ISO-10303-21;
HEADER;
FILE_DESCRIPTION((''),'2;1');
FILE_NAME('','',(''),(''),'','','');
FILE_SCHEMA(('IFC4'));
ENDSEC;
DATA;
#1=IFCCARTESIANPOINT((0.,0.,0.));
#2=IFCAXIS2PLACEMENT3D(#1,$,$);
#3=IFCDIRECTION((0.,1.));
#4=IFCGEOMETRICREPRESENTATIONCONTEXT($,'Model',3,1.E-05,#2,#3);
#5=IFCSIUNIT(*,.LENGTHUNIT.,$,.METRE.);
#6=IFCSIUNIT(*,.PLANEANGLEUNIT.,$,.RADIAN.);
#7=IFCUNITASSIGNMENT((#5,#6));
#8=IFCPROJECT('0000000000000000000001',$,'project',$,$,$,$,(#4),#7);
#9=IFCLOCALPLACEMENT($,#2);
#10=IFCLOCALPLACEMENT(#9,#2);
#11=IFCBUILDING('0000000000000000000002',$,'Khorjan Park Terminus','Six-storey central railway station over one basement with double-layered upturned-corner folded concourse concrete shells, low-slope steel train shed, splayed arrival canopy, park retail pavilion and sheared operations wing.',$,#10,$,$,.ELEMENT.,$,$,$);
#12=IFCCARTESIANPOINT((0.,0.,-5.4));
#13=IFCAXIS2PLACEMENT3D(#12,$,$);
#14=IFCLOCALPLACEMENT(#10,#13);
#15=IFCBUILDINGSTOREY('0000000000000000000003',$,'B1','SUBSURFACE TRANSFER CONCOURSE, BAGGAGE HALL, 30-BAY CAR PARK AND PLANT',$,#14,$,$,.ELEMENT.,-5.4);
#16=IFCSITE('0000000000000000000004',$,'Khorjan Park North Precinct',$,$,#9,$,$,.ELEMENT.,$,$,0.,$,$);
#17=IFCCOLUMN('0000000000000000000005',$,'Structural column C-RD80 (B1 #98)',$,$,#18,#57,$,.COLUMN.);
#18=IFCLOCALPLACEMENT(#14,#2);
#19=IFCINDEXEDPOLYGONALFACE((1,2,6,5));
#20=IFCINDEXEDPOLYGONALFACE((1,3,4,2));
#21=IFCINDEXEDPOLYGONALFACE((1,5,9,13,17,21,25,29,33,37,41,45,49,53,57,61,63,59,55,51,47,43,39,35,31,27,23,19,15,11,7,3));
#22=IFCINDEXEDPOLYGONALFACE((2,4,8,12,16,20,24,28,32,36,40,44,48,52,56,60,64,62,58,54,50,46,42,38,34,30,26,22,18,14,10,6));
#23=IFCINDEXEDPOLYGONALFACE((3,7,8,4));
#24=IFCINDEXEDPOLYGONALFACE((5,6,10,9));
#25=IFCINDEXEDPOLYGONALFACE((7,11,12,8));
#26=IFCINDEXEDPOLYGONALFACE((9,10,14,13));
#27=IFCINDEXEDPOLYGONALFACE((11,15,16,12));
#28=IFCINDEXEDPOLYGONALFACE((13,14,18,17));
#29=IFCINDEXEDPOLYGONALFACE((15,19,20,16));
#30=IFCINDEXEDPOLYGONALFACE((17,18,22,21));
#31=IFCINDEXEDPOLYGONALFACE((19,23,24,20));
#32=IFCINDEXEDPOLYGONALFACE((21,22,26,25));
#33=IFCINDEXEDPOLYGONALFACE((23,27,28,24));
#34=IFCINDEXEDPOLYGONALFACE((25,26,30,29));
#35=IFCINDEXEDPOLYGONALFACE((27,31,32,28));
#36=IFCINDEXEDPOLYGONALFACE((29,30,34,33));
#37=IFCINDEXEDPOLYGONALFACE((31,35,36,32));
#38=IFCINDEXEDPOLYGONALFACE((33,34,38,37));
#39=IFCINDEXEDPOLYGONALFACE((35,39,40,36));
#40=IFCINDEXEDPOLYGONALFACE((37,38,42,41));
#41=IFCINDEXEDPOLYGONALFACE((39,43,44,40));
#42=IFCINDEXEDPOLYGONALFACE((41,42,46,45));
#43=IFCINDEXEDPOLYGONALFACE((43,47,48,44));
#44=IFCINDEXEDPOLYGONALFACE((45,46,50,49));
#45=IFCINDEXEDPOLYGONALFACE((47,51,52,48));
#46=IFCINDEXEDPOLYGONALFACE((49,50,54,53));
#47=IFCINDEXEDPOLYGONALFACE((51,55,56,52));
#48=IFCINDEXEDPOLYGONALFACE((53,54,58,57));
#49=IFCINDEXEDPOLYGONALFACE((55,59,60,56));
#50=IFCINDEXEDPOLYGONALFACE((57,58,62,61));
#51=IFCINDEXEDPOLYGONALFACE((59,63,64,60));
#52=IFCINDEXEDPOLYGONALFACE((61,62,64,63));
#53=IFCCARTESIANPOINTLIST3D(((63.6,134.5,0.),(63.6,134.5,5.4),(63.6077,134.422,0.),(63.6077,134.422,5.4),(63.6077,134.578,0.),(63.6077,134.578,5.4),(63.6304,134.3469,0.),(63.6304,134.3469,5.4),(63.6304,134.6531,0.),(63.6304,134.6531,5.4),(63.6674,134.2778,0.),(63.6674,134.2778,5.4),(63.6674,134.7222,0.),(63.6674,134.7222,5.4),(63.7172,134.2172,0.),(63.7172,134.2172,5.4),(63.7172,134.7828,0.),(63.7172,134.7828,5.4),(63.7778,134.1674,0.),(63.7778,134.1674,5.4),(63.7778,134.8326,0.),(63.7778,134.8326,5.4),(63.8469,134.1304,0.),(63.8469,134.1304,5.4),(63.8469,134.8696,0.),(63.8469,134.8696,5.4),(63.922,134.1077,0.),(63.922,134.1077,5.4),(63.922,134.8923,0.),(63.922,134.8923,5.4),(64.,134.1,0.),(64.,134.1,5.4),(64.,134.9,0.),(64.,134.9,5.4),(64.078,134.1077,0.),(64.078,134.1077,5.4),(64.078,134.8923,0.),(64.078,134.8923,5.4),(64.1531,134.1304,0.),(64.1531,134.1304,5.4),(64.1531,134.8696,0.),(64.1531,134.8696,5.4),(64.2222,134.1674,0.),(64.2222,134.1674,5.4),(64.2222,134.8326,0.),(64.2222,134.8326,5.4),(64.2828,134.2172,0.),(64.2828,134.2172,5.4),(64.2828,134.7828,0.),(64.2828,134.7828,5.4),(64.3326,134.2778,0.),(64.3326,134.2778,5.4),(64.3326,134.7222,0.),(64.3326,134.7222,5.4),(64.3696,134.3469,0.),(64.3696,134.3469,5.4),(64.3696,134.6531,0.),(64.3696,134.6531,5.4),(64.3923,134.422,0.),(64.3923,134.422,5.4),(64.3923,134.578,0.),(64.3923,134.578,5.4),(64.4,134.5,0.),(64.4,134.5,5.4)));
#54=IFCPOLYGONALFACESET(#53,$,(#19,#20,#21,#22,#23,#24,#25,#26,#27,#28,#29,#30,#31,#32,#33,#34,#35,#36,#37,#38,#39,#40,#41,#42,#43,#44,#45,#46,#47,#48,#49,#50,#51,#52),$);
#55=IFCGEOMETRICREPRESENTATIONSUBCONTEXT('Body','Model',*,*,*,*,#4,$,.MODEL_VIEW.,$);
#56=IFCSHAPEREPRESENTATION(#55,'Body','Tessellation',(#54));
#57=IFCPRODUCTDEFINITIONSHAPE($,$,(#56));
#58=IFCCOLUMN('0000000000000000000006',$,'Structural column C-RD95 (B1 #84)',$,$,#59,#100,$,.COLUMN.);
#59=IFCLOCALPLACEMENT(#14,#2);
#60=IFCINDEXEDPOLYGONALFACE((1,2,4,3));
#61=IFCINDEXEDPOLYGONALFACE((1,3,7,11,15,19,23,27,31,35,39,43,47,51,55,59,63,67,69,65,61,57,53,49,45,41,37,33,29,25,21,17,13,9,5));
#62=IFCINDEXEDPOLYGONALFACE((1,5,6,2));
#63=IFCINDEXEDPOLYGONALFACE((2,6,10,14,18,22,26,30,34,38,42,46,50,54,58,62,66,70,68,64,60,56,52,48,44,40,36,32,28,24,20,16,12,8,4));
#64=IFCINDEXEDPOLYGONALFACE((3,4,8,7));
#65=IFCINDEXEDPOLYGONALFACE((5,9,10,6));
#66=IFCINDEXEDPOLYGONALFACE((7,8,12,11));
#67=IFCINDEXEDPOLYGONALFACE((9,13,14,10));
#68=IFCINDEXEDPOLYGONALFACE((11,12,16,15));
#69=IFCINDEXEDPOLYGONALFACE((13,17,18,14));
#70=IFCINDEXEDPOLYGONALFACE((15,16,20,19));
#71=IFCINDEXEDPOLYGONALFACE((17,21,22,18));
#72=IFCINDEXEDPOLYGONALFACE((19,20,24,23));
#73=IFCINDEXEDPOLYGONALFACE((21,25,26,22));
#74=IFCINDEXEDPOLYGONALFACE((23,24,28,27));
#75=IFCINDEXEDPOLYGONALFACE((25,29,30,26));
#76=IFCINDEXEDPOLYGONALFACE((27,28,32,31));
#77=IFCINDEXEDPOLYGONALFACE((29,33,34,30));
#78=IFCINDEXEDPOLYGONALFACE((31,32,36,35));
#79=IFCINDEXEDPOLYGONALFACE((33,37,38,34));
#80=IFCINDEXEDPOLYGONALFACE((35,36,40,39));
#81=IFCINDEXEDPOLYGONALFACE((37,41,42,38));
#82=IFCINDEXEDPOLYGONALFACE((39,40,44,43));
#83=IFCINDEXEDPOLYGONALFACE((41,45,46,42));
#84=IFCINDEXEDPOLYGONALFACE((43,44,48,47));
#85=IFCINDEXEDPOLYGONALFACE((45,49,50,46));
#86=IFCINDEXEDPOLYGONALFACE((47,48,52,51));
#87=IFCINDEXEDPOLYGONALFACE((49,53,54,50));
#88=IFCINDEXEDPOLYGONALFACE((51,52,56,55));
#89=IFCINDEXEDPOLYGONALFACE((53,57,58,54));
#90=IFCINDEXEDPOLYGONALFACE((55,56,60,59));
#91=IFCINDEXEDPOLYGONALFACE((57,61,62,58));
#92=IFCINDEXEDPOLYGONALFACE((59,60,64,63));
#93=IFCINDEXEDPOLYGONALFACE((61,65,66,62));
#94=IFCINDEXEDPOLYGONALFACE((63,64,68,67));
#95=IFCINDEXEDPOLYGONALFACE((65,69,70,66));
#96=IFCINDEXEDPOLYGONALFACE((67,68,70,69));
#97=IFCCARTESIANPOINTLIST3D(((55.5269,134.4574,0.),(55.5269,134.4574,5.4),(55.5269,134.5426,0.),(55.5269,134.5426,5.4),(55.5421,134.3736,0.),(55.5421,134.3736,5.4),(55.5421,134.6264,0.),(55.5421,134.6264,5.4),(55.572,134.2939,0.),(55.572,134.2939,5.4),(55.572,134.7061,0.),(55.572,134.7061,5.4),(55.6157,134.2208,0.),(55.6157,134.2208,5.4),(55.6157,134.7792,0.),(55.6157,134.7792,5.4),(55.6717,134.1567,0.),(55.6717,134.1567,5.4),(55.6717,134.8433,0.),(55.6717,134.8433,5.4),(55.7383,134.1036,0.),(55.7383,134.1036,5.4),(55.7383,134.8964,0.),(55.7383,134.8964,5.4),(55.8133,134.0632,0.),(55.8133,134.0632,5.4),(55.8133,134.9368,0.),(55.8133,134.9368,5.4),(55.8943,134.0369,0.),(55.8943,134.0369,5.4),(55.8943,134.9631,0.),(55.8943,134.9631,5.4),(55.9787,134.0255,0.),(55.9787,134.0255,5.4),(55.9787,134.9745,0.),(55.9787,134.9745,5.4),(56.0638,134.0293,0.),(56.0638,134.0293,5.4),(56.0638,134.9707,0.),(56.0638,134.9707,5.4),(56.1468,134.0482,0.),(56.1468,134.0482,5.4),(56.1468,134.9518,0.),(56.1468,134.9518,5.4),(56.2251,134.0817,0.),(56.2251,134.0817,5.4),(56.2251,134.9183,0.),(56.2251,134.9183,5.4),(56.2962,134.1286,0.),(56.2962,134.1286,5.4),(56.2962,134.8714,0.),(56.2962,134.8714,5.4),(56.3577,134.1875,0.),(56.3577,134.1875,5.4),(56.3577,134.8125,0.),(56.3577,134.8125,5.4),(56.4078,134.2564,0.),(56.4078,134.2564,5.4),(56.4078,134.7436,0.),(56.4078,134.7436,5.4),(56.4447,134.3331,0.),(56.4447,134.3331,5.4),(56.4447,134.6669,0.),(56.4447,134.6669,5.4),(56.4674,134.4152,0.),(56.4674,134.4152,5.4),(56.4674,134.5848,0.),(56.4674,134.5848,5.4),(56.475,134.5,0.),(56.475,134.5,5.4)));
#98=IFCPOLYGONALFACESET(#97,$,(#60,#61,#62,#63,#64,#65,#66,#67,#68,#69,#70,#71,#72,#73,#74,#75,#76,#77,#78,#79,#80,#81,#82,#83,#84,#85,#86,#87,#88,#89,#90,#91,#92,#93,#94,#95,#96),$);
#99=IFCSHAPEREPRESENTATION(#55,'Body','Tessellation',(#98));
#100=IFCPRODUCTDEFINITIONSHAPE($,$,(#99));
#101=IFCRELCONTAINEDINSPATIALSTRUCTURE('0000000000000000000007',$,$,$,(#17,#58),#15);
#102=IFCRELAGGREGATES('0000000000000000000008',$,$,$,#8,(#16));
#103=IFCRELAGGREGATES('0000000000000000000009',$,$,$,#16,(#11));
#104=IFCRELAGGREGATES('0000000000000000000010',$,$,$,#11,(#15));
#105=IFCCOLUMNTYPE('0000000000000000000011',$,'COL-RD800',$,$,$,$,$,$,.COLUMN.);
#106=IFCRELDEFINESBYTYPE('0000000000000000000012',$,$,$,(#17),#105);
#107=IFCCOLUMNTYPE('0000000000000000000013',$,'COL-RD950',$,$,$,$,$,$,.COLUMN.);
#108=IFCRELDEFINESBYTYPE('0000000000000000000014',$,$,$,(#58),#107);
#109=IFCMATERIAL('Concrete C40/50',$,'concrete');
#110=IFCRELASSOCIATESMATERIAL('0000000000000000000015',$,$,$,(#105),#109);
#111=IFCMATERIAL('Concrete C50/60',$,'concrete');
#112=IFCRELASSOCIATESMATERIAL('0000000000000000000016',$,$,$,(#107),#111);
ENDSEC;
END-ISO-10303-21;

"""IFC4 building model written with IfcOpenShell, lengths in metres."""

from ifc_helpers import new_model, si_unit, direction, frame, origin, origin_2d, place, context, subcontext, project, spatial, circle, extrude, material, material_profile, profile_set, type_object, element, save


model = new_model("IFC4")

# Units and contexts
model_context = context("Model", 3, precision=1e-05, world=origin(), true_north=direction((0.0, 1.0)))
body_context = subcontext(model_context, "Body", "Model", "MODEL_VIEW")
ifc_project = project(units=[si_unit("LENGTHUNIT", "METRE"), si_unit("PLANEANGLEUNIT", "RADIAN")], contexts=[model_context])

# Site, building, storey
site_placement = place(None, origin())
site = spatial("IfcSite", under=ifc_project, at=site_placement, Name="Khorjan Park North Precinct", CompositionType="ELEMENT", RefElevation=0.0)
building_placement = place(site_placement, origin())
building = spatial("IfcBuilding", under=site, at=building_placement, Name="Khorjan Park Terminus", Description="Six-storey central railway station over one basement with double-layered upturned-corner folded concourse concrete shells, low-slope steel train shed, splayed arrival canopy, park retail pavilion and sheared operations wing.", CompositionType="ELEMENT")
storey_placement = place(building_placement, frame((0.0, 0.0, -5.4)))
storey = spatial("IfcBuildingStorey", under=building, at=storey_placement, Name="B1", Description="SUBSURFACE TRANSFER CONCOURSE, BAGGAGE HALL, 30-BAY CAR PARK AND PLANT", CompositionType="ELEMENT", Elevation=-5.4)

# Shared definitions
ifc_material_1 = material(Name="Concrete C40/50", Category="concrete")

# Columns
ifc_material_profile_1 = material_profile(ifc_material_1, circle(Radius=0.4, at=origin_2d()), Name="RC D800")
ifc_profile_set_1 = profile_set([ifc_material_profile_1], Name="Concrete C40/50")
column_type_1 = type_object("IfcColumnType", Name="COL-RD800", PredefinedType="COLUMN", material=ifc_profile_set_1)
column_1_placement = place(storey_placement, frame((64.0, 134.5, 0.0), z_axis=(0.0, 0.0, 1.0), x_axis=(1.0, 0.0, 0.0)))
element("IfcColumn", 1, at=column_1_placement, inside=storey, type_object=column_type_1, Name="Structural column C-RD80 (B1 #98)", PredefinedType="COLUMN", context=body_context, shape_type="SweptSolid", body=[
    extrude(circle(Radius=0.4, at=origin_2d()), origin(), (0.0, 0.0, 1.0), 5.4),
])
ifc_material_2 = material(Name="Concrete C50/60", Category="concrete")
ifc_material_profile_2 = material_profile(ifc_material_2, circle(Radius=0.475, at=origin_2d()), Name="RC D950")
ifc_profile_set_2 = profile_set([ifc_material_profile_2], Name="Concrete C50/60")
column_type_2 = type_object("IfcColumnType", Name="COL-RD950", PredefinedType="COLUMN", material=ifc_profile_set_2)
column_2_placement = place(storey_placement, frame((56.0, 134.5, 0.0), z_axis=(0.0, 0.0, 1.0), x_axis=(1.0, 0.0, 0.0)))
element("IfcColumn", 2, at=column_2_placement, inside=storey, type_object=column_type_2, Name="Structural column C-RD95 (B1 #84)", PredefinedType="COLUMN", context=body_context, shape_type="SweptSolid", body=[
    extrude(circle(Radius=0.475, at=origin_2d()), origin(), (0.0, 0.0, 1.0), 5.4),
])

save(model, "model.ifc")
